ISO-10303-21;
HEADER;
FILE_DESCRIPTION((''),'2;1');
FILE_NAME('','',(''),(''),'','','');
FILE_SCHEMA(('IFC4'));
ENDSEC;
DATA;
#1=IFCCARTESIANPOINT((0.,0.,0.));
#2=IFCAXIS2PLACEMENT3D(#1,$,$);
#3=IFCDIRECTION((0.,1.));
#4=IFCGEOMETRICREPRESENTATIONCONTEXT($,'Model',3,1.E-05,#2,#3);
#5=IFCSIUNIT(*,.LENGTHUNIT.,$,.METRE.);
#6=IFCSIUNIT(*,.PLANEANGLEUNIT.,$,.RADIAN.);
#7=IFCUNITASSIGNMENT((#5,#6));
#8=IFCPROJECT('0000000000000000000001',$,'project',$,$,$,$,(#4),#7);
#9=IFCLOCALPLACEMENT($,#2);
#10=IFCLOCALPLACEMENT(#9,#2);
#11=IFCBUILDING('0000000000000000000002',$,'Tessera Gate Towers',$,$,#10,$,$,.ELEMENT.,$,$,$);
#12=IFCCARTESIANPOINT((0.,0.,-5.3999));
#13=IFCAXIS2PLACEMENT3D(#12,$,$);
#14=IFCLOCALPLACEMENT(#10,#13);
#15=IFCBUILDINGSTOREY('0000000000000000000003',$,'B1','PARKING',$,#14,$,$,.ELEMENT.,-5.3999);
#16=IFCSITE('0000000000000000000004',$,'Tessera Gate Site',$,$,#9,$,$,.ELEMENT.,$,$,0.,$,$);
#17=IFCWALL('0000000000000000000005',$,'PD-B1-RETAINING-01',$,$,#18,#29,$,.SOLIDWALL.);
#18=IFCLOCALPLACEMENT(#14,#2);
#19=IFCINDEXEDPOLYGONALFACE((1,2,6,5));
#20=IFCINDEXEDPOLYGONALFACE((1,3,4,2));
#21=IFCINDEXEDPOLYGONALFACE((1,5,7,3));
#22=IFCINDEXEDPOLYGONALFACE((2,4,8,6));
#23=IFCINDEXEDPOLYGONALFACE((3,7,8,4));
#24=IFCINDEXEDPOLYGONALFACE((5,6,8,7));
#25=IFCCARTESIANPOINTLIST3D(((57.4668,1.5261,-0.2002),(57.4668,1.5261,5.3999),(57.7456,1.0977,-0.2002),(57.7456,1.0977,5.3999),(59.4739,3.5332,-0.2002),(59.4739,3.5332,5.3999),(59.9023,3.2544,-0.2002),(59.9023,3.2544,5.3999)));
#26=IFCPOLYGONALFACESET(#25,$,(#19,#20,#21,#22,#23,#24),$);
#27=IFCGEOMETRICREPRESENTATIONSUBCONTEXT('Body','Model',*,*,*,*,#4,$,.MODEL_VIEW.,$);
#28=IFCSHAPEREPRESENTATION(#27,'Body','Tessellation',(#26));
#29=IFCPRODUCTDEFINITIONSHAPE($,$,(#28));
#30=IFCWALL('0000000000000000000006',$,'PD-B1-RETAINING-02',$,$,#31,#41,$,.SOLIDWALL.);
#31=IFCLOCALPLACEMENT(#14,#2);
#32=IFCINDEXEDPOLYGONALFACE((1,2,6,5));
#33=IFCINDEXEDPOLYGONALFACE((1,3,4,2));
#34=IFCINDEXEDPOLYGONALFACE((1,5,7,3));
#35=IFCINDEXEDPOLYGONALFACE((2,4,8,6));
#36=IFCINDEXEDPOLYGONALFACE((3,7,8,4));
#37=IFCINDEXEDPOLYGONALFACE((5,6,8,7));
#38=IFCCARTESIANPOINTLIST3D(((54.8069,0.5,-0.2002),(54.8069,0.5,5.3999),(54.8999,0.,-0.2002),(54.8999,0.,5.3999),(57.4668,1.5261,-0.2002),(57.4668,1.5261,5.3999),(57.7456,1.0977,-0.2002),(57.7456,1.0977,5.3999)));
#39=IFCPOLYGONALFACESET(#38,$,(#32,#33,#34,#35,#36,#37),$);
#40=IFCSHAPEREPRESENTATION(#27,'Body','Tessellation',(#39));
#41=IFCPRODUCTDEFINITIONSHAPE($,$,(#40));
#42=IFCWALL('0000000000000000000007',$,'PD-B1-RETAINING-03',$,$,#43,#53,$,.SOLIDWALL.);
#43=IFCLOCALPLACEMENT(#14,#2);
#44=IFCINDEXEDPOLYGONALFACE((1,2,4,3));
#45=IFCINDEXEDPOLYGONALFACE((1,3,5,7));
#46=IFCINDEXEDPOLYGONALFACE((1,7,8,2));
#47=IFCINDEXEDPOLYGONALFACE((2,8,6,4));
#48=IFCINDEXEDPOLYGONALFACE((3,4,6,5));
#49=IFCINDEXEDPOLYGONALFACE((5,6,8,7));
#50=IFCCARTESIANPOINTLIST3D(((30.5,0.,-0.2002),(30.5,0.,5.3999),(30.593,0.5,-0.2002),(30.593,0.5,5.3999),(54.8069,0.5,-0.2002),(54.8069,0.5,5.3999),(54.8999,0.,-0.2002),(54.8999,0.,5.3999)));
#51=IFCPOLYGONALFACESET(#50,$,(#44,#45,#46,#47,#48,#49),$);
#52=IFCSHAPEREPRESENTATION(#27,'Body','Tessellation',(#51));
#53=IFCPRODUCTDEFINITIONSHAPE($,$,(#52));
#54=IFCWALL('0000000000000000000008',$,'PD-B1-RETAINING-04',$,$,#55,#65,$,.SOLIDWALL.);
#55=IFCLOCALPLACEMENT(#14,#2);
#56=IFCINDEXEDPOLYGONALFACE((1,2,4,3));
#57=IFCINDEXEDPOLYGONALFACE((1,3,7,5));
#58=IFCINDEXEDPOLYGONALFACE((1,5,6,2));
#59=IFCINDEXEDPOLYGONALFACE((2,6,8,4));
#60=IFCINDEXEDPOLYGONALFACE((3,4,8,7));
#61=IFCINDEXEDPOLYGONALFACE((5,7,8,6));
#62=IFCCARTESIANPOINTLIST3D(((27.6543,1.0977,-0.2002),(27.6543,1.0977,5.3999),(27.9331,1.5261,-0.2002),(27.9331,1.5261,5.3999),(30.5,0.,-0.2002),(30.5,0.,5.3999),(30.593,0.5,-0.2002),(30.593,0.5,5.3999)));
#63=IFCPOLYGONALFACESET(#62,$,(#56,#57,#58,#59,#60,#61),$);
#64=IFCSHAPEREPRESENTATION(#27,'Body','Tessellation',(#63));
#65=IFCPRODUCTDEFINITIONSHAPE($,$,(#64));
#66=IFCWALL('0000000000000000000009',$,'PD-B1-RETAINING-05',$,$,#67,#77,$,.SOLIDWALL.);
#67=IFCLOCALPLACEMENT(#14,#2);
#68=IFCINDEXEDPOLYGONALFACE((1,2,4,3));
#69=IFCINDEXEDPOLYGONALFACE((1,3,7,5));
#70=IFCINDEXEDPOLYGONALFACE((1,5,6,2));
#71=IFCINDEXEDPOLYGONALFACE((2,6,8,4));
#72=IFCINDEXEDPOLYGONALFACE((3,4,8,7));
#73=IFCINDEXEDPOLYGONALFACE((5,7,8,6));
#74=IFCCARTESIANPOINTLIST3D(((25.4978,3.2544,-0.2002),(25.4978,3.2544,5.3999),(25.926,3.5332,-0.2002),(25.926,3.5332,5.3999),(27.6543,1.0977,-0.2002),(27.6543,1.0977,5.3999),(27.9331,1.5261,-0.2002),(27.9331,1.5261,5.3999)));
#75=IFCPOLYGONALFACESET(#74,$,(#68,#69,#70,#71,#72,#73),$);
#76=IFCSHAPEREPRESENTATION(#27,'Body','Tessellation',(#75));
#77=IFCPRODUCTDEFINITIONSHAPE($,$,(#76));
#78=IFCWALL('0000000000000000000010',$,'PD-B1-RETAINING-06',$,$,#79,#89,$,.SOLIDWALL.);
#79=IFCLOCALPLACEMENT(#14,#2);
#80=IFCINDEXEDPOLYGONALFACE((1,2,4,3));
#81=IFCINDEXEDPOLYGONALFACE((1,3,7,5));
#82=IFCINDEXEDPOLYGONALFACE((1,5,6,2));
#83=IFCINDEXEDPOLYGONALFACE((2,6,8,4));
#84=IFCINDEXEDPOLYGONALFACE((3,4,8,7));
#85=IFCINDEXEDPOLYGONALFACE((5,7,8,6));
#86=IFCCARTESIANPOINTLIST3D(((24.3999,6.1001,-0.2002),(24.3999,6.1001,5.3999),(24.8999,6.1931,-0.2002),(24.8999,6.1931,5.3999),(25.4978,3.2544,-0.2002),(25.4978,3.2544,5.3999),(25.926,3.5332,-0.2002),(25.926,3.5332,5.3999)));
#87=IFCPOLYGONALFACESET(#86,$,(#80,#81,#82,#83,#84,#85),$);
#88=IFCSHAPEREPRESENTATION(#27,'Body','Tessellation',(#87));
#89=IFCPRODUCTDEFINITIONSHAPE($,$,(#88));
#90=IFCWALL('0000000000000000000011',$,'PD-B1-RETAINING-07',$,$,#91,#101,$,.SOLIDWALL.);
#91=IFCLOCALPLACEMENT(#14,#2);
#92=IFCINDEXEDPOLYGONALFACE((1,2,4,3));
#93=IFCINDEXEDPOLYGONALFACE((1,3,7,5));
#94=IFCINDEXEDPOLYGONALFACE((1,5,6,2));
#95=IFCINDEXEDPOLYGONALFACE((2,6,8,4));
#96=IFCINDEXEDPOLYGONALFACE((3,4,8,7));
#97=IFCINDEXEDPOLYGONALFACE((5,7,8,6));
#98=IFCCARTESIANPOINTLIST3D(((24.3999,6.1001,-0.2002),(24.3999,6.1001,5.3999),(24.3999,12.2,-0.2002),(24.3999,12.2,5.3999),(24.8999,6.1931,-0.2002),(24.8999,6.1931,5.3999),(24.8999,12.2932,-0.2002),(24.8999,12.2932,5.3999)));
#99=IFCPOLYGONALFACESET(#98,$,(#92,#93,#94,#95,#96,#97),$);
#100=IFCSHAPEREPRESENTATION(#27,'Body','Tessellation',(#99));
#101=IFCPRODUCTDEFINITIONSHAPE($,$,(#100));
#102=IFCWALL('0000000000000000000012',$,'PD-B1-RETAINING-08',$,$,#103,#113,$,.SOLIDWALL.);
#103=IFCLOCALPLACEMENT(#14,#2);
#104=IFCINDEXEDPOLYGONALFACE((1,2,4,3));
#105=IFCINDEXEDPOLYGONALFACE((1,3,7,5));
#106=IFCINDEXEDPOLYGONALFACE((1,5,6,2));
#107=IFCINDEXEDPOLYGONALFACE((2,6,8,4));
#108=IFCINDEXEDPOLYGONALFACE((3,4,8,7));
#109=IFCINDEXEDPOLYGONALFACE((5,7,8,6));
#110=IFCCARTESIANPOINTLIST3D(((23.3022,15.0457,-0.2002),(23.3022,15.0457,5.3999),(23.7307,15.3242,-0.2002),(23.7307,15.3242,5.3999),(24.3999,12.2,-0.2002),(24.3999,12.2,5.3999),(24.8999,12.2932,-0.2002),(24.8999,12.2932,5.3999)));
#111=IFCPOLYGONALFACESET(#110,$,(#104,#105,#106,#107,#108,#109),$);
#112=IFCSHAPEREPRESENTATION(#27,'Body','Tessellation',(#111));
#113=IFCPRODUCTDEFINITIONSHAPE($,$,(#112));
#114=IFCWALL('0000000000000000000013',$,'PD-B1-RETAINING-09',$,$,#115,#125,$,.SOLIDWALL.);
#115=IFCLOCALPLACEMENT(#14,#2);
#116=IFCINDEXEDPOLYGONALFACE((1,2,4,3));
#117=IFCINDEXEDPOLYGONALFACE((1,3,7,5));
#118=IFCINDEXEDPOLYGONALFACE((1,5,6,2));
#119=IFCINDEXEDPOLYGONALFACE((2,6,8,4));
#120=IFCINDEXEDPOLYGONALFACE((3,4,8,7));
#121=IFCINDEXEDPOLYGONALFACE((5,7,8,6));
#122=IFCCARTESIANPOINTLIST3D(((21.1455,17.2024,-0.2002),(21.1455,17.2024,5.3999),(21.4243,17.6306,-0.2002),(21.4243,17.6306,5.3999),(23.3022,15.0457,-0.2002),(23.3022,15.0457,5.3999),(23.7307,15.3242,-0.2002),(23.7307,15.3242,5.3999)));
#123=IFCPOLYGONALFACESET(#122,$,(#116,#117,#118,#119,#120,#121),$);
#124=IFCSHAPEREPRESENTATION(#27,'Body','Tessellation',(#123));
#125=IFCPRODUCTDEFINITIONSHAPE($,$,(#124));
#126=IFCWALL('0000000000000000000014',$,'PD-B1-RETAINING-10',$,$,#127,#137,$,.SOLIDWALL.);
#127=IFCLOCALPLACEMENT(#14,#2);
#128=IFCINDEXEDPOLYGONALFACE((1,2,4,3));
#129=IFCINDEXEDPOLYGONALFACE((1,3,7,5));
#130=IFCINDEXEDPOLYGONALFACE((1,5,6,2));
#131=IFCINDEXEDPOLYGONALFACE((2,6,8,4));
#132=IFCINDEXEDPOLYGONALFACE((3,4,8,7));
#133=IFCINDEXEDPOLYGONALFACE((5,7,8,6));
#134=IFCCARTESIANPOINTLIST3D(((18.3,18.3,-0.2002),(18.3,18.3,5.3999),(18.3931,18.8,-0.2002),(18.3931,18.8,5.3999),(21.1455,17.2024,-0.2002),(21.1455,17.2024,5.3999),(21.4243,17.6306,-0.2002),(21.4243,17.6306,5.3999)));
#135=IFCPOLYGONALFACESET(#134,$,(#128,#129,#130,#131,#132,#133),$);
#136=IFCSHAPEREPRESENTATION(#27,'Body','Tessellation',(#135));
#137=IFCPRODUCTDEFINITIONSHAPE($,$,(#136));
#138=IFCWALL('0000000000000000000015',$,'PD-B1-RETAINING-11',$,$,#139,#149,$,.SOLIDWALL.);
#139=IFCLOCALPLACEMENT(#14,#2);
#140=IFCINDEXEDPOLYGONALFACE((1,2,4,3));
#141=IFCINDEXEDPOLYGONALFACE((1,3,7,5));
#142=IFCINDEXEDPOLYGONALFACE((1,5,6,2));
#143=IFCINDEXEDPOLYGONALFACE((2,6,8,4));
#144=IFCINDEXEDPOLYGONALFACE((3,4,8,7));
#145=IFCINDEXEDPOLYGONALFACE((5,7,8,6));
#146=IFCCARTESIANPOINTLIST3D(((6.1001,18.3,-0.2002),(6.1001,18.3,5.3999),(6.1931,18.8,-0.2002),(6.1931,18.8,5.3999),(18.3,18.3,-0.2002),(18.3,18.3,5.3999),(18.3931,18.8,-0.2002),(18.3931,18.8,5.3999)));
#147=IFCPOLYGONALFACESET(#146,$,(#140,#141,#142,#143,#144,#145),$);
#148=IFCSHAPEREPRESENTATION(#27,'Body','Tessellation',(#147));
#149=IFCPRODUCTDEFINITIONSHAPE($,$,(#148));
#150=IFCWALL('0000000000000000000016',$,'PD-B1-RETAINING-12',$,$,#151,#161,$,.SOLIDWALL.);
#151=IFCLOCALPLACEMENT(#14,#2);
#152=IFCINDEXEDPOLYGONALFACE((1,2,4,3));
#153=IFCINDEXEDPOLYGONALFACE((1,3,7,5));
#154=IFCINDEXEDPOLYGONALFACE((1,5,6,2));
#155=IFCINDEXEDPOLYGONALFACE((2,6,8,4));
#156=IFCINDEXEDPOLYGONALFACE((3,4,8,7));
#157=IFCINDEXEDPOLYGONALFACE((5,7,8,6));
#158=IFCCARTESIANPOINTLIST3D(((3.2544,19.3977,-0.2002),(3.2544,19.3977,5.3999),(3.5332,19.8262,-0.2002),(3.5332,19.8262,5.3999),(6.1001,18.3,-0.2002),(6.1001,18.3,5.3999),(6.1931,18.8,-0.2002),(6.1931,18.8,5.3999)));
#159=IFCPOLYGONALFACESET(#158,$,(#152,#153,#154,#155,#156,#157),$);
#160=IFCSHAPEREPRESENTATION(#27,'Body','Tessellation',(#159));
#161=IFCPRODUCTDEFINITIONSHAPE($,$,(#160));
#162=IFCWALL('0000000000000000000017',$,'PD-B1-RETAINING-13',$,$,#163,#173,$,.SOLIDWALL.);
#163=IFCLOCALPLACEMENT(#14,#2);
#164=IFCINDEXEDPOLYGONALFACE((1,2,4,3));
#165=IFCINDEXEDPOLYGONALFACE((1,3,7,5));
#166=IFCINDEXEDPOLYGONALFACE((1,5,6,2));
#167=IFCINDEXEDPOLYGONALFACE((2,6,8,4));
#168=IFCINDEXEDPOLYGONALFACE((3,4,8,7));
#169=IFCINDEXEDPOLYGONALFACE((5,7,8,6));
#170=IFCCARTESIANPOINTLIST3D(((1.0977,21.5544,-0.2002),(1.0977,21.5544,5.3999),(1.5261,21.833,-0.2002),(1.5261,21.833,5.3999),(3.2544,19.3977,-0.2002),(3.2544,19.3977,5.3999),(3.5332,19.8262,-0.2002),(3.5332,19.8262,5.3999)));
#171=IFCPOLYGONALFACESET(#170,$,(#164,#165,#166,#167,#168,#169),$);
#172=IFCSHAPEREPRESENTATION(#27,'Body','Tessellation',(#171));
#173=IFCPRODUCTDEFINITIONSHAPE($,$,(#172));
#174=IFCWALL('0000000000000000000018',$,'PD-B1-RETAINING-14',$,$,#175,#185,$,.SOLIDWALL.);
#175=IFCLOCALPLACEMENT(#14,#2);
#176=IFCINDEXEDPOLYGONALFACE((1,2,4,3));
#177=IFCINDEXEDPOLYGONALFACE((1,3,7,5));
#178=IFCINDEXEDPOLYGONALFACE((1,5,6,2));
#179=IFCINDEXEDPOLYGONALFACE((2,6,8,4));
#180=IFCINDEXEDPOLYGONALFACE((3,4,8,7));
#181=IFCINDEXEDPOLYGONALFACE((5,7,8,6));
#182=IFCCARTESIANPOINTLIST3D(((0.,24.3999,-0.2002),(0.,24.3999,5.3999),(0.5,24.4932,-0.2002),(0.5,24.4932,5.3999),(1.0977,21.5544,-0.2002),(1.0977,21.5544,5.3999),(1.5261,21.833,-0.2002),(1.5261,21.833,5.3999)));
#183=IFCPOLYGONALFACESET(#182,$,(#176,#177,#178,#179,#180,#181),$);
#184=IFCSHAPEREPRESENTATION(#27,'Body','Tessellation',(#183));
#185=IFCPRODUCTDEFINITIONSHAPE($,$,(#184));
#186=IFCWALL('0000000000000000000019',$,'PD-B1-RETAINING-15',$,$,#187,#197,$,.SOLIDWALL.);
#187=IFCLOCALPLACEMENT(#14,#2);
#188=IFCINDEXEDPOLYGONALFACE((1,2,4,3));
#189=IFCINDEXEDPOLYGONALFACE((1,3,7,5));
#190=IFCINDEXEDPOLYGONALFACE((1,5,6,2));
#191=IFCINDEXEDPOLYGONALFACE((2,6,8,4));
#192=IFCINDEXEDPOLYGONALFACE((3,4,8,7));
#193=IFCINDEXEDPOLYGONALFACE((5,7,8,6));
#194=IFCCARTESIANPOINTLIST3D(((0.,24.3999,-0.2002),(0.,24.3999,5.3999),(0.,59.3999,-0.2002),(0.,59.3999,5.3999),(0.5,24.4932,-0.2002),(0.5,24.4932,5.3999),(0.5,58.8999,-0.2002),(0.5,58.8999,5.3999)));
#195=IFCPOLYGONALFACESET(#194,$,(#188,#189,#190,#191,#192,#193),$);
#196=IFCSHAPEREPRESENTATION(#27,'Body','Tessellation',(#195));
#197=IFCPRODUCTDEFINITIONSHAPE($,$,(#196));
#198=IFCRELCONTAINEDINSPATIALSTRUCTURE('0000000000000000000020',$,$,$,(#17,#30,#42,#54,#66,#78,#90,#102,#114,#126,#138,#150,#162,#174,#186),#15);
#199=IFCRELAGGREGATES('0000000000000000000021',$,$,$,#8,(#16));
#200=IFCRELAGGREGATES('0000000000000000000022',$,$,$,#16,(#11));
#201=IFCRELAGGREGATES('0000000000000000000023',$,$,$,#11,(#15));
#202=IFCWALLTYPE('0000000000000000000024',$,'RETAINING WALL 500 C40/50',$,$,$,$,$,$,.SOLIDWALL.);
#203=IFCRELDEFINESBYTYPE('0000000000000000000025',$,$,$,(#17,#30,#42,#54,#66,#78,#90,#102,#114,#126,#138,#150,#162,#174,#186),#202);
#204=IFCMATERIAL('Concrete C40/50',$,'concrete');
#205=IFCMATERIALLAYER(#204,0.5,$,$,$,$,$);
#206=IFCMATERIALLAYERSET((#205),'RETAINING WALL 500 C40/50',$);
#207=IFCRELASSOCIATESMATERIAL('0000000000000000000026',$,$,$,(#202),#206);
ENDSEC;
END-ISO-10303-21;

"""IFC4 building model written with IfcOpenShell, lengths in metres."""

from ifc_helpers import new_model, si_unit, direction, frame, origin, place, context, subcontext, project, spatial, polyline, outline, extrude, material, layer, layer_set, type_object, element, save


model = new_model("IFC4")

# Units and contexts
model_context = context("Model", 3, precision=1e-05, world=origin(), true_north=direction((0.0, 1.0)))
body_context = subcontext(model_context, "Body", "Model", "MODEL_VIEW")
ifc_project = project(units=[si_unit("LENGTHUNIT", "METRE"), si_unit("PLANEANGLEUNIT", "RADIAN")], contexts=[model_context])

# Site, building, storey
site_placement = place(None, origin())
site = spatial("IfcSite", under=ifc_project, at=site_placement, Name="Tessera Gate Site", CompositionType="ELEMENT", RefElevation=0.0)
building_placement = place(site_placement, origin())
building = spatial("IfcBuilding", under=site, at=building_placement, Name="Tessera Gate Towers", CompositionType="ELEMENT")
storey_placement = place(building_placement, frame((0.0, 0.0, -5.3999)))
storey = spatial("IfcBuildingStorey", under=building, at=storey_placement, Name="B1", Description="PARKING", CompositionType="ELEMENT", Elevation=-5.3999)

# Walls
ifc_material_1 = material(Name="Concrete C40/50", Category="concrete")
ifc_layer_1 = layer(ifc_material_1, 0.5)
ifc_layer_set_1 = layer_set([ifc_layer_1], Name="RETAINING WALL 500 C40/50")
wall_type = type_object("IfcWallType", Name="RETAINING WALL 500 C40/50", PredefinedType="SOLIDWALL", material=ifc_layer_set_1)
wall_1_placement = place(storey_placement, frame((0.0, 0.0, -0.2002)))
element("IfcWall", 1, at=wall_1_placement, inside=storey, type_object=wall_type, Name="PD-B1-RETAINING-01", PredefinedType="SOLIDWALL", context=body_context, shape_type="SweptSolid", body=[
    extrude(outline(polyline([(57.4668, 1.5261), (57.7456, 1.0977), (59.9023, 3.2544), (59.4739, 3.5332), (57.4668, 1.5261)])), origin(), (0.0, 0.0, 1.0), 5.6001),
])
wall_2_placement = place(storey_placement, frame((0.0, 0.0, -0.2002)))
element("IfcWall", 2, at=wall_2_placement, inside=storey, type_object=wall_type, Name="PD-B1-RETAINING-02", PredefinedType="SOLIDWALL", context=body_context, shape_type="SweptSolid", body=[
    extrude(outline(polyline([(54.8069, 0.5), (54.8999, 0.0), (57.7456, 1.0977), (57.4668, 1.5261), (54.8069, 0.5)])), origin(), (0.0, 0.0, 1.0), 5.6001),
])
wall_3_placement = place(storey_placement, frame((0.0, 0.0, -0.2002)))
element("IfcWall", 3, at=wall_3_placement, inside=storey, type_object=wall_type, Name="PD-B1-RETAINING-03", PredefinedType="SOLIDWALL", context=body_context, shape_type="SweptSolid", body=[
    extrude(outline(polyline([(30.5, 0.0), (54.8999, 0.0), (54.8069, 0.5), (30.593, 0.5), (30.5, 0.0)])), origin(), (0.0, 0.0, 1.0), 5.6001),
])
wall_4_placement = place(storey_placement, frame((0.0, 0.0, -0.2002)))
element("IfcWall", 4, at=wall_4_placement, inside=storey, type_object=wall_type, Name="PD-B1-RETAINING-04", PredefinedType="SOLIDWALL", context=body_context, shape_type="SweptSolid", body=[
    extrude(outline(polyline([(27.6543, 1.0977), (30.5, 0.0), (30.593, 0.5), (27.9331, 1.5261), (27.6543, 1.0977)])), origin(), (0.0, 0.0, 1.0), 5.6001),
])
wall_5_placement = place(storey_placement, frame((0.0, 0.0, -0.2002)))
element("IfcWall", 5, at=wall_5_placement, inside=storey, type_object=wall_type, Name="PD-B1-RETAINING-05", PredefinedType="SOLIDWALL", context=body_context, shape_type="SweptSolid", body=[
    extrude(outline(polyline([(25.4978, 3.2544), (27.6543, 1.0977), (27.9331, 1.5261), (25.926, 3.5332), (25.4978, 3.2544)])), origin(), (0.0, 0.0, 1.0), 5.6001),
])
wall_6_placement = place(storey_placement, frame((0.0, 0.0, -0.2002)))
element("IfcWall", 6, at=wall_6_placement, inside=storey, type_object=wall_type, Name="PD-B1-RETAINING-06", PredefinedType="SOLIDWALL", context=body_context, shape_type="SweptSolid", body=[
    extrude(outline(polyline([(24.3999, 6.1001), (25.4978, 3.2544), (25.926, 3.5332), (24.8999, 6.1931), (24.3999, 6.1001)])), origin(), (0.0, 0.0, 1.0), 5.6001),
])
wall_7_placement = place(storey_placement, frame((0.0, 0.0, -0.2002)))
element("IfcWall", 7, at=wall_7_placement, inside=storey, type_object=wall_type, Name="PD-B1-RETAINING-07", PredefinedType="SOLIDWALL", context=body_context, shape_type="SweptSolid", body=[
    extrude(outline(polyline([(24.3999, 6.1001), (24.8999, 6.1931), (24.8999, 12.2932), (24.3999, 12.2), (24.3999, 6.1001)])), origin(), (0.0, 0.0, 1.0), 5.6001),
])
wall_8_placement = place(storey_placement, frame((0.0, 0.0, -0.2002)))
element("IfcWall", 8, at=wall_8_placement, inside=storey, type_object=wall_type, Name="PD-B1-RETAINING-08", PredefinedType="SOLIDWALL", context=body_context, shape_type="SweptSolid", body=[
    extrude(outline(polyline([(23.3022, 15.0457), (24.3999, 12.2), (24.8999, 12.2932), (23.7307, 15.3242), (23.3022, 15.0457)])), origin(), (0.0, 0.0, 1.0), 5.6001),
])
wall_9_placement = place(storey_placement, frame((0.0, 0.0, -0.2002)))
element("IfcWall", 9, at=wall_9_placement, inside=storey, type_object=wall_type, Name="PD-B1-RETAINING-09", PredefinedType="SOLIDWALL", context=body_context, shape_type="SweptSolid", body=[
    extrude(outline(polyline([(21.1455, 17.2024), (23.3022, 15.0457), (23.7307, 15.3242), (21.4243, 17.6306), (21.1455, 17.2024)])), origin(), (0.0, 0.0, 1.0), 5.6001),
])
wall_10_placement = place(storey_placement, frame((0.0, 0.0, -0.2002)))
element("IfcWall", 10, at=wall_10_placement, inside=storey, type_object=wall_type, Name="PD-B1-RETAINING-10", PredefinedType="SOLIDWALL", context=body_context, shape_type="SweptSolid", body=[
    extrude(outline(polyline([(18.3, 18.3), (21.1455, 17.2024), (21.4243, 17.6306), (18.3931, 18.8), (18.3, 18.3)])), origin(), (0.0, 0.0, 1.0), 5.6001),
])
wall_11_placement = place(storey_placement, frame((0.0, 0.0, -0.2002)))
element("IfcWall", 11, at=wall_11_placement, inside=storey, type_object=wall_type, Name="PD-B1-RETAINING-11", PredefinedType="SOLIDWALL", context=body_context, shape_type="SweptSolid", body=[
    extrude(outline(polyline([(6.1001, 18.3), (18.3, 18.3), (18.3931, 18.8), (6.1931, 18.8), (6.1001, 18.3)])), origin(), (0.0, 0.0, 1.0), 5.6001),
])
wall_12_placement = place(storey_placement, frame((0.0, 0.0, -0.2002)))
element("IfcWall", 12, at=wall_12_placement, inside=storey, type_object=wall_type, Name="PD-B1-RETAINING-12", PredefinedType="SOLIDWALL", context=body_context, shape_type="SweptSolid", body=[
    extrude(outline(polyline([(3.2544, 19.3977), (6.1001, 18.3), (6.1931, 18.8), (3.5332, 19.8262), (3.2544, 19.3977)])), origin(), (0.0, 0.0, 1.0), 5.6001),
])
wall_13_placement = place(storey_placement, frame((0.0, 0.0, -0.2002)))
element("IfcWall", 13, at=wall_13_placement, inside=storey, type_object=wall_type, Name="PD-B1-RETAINING-13", PredefinedType="SOLIDWALL", context=body_context, shape_type="SweptSolid", body=[
    extrude(outline(polyline([(1.0977, 21.5544), (3.2544, 19.3977), (3.5332, 19.8262), (1.5261, 21.833), (1.0977, 21.5544)])), origin(), (0.0, 0.0, 1.0), 5.6001),
])
wall_14_placement = place(storey_placement, frame((0.0, 0.0, -0.2002)))
element("IfcWall", 14, at=wall_14_placement, inside=storey, type_object=wall_type, Name="PD-B1-RETAINING-14", PredefinedType="SOLIDWALL", context=body_context, shape_type="SweptSolid", body=[
    extrude(outline(polyline([(0.0, 24.3999), (1.0977, 21.5544), (1.5261, 21.833), (0.5, 24.4932), (0.0, 24.3999)])), origin(), (0.0, 0.0, 1.0), 5.6001),
])
wall_15_placement = place(storey_placement, frame((0.0, 0.0, -0.2002)))
element("IfcWall", 15, at=wall_15_placement, inside=storey, type_object=wall_type, Name="PD-B1-RETAINING-15", PredefinedType="SOLIDWALL", context=body_context, shape_type="SweptSolid", body=[
    extrude(outline(polyline([(0.0, 24.3999), (0.5, 24.4932), (0.5, 58.8999), (0.0, 59.3999), (0.0, 24.3999)])), origin(), (0.0, 0.0, 1.0), 5.6001),
])

save(model, "model.ifc")
